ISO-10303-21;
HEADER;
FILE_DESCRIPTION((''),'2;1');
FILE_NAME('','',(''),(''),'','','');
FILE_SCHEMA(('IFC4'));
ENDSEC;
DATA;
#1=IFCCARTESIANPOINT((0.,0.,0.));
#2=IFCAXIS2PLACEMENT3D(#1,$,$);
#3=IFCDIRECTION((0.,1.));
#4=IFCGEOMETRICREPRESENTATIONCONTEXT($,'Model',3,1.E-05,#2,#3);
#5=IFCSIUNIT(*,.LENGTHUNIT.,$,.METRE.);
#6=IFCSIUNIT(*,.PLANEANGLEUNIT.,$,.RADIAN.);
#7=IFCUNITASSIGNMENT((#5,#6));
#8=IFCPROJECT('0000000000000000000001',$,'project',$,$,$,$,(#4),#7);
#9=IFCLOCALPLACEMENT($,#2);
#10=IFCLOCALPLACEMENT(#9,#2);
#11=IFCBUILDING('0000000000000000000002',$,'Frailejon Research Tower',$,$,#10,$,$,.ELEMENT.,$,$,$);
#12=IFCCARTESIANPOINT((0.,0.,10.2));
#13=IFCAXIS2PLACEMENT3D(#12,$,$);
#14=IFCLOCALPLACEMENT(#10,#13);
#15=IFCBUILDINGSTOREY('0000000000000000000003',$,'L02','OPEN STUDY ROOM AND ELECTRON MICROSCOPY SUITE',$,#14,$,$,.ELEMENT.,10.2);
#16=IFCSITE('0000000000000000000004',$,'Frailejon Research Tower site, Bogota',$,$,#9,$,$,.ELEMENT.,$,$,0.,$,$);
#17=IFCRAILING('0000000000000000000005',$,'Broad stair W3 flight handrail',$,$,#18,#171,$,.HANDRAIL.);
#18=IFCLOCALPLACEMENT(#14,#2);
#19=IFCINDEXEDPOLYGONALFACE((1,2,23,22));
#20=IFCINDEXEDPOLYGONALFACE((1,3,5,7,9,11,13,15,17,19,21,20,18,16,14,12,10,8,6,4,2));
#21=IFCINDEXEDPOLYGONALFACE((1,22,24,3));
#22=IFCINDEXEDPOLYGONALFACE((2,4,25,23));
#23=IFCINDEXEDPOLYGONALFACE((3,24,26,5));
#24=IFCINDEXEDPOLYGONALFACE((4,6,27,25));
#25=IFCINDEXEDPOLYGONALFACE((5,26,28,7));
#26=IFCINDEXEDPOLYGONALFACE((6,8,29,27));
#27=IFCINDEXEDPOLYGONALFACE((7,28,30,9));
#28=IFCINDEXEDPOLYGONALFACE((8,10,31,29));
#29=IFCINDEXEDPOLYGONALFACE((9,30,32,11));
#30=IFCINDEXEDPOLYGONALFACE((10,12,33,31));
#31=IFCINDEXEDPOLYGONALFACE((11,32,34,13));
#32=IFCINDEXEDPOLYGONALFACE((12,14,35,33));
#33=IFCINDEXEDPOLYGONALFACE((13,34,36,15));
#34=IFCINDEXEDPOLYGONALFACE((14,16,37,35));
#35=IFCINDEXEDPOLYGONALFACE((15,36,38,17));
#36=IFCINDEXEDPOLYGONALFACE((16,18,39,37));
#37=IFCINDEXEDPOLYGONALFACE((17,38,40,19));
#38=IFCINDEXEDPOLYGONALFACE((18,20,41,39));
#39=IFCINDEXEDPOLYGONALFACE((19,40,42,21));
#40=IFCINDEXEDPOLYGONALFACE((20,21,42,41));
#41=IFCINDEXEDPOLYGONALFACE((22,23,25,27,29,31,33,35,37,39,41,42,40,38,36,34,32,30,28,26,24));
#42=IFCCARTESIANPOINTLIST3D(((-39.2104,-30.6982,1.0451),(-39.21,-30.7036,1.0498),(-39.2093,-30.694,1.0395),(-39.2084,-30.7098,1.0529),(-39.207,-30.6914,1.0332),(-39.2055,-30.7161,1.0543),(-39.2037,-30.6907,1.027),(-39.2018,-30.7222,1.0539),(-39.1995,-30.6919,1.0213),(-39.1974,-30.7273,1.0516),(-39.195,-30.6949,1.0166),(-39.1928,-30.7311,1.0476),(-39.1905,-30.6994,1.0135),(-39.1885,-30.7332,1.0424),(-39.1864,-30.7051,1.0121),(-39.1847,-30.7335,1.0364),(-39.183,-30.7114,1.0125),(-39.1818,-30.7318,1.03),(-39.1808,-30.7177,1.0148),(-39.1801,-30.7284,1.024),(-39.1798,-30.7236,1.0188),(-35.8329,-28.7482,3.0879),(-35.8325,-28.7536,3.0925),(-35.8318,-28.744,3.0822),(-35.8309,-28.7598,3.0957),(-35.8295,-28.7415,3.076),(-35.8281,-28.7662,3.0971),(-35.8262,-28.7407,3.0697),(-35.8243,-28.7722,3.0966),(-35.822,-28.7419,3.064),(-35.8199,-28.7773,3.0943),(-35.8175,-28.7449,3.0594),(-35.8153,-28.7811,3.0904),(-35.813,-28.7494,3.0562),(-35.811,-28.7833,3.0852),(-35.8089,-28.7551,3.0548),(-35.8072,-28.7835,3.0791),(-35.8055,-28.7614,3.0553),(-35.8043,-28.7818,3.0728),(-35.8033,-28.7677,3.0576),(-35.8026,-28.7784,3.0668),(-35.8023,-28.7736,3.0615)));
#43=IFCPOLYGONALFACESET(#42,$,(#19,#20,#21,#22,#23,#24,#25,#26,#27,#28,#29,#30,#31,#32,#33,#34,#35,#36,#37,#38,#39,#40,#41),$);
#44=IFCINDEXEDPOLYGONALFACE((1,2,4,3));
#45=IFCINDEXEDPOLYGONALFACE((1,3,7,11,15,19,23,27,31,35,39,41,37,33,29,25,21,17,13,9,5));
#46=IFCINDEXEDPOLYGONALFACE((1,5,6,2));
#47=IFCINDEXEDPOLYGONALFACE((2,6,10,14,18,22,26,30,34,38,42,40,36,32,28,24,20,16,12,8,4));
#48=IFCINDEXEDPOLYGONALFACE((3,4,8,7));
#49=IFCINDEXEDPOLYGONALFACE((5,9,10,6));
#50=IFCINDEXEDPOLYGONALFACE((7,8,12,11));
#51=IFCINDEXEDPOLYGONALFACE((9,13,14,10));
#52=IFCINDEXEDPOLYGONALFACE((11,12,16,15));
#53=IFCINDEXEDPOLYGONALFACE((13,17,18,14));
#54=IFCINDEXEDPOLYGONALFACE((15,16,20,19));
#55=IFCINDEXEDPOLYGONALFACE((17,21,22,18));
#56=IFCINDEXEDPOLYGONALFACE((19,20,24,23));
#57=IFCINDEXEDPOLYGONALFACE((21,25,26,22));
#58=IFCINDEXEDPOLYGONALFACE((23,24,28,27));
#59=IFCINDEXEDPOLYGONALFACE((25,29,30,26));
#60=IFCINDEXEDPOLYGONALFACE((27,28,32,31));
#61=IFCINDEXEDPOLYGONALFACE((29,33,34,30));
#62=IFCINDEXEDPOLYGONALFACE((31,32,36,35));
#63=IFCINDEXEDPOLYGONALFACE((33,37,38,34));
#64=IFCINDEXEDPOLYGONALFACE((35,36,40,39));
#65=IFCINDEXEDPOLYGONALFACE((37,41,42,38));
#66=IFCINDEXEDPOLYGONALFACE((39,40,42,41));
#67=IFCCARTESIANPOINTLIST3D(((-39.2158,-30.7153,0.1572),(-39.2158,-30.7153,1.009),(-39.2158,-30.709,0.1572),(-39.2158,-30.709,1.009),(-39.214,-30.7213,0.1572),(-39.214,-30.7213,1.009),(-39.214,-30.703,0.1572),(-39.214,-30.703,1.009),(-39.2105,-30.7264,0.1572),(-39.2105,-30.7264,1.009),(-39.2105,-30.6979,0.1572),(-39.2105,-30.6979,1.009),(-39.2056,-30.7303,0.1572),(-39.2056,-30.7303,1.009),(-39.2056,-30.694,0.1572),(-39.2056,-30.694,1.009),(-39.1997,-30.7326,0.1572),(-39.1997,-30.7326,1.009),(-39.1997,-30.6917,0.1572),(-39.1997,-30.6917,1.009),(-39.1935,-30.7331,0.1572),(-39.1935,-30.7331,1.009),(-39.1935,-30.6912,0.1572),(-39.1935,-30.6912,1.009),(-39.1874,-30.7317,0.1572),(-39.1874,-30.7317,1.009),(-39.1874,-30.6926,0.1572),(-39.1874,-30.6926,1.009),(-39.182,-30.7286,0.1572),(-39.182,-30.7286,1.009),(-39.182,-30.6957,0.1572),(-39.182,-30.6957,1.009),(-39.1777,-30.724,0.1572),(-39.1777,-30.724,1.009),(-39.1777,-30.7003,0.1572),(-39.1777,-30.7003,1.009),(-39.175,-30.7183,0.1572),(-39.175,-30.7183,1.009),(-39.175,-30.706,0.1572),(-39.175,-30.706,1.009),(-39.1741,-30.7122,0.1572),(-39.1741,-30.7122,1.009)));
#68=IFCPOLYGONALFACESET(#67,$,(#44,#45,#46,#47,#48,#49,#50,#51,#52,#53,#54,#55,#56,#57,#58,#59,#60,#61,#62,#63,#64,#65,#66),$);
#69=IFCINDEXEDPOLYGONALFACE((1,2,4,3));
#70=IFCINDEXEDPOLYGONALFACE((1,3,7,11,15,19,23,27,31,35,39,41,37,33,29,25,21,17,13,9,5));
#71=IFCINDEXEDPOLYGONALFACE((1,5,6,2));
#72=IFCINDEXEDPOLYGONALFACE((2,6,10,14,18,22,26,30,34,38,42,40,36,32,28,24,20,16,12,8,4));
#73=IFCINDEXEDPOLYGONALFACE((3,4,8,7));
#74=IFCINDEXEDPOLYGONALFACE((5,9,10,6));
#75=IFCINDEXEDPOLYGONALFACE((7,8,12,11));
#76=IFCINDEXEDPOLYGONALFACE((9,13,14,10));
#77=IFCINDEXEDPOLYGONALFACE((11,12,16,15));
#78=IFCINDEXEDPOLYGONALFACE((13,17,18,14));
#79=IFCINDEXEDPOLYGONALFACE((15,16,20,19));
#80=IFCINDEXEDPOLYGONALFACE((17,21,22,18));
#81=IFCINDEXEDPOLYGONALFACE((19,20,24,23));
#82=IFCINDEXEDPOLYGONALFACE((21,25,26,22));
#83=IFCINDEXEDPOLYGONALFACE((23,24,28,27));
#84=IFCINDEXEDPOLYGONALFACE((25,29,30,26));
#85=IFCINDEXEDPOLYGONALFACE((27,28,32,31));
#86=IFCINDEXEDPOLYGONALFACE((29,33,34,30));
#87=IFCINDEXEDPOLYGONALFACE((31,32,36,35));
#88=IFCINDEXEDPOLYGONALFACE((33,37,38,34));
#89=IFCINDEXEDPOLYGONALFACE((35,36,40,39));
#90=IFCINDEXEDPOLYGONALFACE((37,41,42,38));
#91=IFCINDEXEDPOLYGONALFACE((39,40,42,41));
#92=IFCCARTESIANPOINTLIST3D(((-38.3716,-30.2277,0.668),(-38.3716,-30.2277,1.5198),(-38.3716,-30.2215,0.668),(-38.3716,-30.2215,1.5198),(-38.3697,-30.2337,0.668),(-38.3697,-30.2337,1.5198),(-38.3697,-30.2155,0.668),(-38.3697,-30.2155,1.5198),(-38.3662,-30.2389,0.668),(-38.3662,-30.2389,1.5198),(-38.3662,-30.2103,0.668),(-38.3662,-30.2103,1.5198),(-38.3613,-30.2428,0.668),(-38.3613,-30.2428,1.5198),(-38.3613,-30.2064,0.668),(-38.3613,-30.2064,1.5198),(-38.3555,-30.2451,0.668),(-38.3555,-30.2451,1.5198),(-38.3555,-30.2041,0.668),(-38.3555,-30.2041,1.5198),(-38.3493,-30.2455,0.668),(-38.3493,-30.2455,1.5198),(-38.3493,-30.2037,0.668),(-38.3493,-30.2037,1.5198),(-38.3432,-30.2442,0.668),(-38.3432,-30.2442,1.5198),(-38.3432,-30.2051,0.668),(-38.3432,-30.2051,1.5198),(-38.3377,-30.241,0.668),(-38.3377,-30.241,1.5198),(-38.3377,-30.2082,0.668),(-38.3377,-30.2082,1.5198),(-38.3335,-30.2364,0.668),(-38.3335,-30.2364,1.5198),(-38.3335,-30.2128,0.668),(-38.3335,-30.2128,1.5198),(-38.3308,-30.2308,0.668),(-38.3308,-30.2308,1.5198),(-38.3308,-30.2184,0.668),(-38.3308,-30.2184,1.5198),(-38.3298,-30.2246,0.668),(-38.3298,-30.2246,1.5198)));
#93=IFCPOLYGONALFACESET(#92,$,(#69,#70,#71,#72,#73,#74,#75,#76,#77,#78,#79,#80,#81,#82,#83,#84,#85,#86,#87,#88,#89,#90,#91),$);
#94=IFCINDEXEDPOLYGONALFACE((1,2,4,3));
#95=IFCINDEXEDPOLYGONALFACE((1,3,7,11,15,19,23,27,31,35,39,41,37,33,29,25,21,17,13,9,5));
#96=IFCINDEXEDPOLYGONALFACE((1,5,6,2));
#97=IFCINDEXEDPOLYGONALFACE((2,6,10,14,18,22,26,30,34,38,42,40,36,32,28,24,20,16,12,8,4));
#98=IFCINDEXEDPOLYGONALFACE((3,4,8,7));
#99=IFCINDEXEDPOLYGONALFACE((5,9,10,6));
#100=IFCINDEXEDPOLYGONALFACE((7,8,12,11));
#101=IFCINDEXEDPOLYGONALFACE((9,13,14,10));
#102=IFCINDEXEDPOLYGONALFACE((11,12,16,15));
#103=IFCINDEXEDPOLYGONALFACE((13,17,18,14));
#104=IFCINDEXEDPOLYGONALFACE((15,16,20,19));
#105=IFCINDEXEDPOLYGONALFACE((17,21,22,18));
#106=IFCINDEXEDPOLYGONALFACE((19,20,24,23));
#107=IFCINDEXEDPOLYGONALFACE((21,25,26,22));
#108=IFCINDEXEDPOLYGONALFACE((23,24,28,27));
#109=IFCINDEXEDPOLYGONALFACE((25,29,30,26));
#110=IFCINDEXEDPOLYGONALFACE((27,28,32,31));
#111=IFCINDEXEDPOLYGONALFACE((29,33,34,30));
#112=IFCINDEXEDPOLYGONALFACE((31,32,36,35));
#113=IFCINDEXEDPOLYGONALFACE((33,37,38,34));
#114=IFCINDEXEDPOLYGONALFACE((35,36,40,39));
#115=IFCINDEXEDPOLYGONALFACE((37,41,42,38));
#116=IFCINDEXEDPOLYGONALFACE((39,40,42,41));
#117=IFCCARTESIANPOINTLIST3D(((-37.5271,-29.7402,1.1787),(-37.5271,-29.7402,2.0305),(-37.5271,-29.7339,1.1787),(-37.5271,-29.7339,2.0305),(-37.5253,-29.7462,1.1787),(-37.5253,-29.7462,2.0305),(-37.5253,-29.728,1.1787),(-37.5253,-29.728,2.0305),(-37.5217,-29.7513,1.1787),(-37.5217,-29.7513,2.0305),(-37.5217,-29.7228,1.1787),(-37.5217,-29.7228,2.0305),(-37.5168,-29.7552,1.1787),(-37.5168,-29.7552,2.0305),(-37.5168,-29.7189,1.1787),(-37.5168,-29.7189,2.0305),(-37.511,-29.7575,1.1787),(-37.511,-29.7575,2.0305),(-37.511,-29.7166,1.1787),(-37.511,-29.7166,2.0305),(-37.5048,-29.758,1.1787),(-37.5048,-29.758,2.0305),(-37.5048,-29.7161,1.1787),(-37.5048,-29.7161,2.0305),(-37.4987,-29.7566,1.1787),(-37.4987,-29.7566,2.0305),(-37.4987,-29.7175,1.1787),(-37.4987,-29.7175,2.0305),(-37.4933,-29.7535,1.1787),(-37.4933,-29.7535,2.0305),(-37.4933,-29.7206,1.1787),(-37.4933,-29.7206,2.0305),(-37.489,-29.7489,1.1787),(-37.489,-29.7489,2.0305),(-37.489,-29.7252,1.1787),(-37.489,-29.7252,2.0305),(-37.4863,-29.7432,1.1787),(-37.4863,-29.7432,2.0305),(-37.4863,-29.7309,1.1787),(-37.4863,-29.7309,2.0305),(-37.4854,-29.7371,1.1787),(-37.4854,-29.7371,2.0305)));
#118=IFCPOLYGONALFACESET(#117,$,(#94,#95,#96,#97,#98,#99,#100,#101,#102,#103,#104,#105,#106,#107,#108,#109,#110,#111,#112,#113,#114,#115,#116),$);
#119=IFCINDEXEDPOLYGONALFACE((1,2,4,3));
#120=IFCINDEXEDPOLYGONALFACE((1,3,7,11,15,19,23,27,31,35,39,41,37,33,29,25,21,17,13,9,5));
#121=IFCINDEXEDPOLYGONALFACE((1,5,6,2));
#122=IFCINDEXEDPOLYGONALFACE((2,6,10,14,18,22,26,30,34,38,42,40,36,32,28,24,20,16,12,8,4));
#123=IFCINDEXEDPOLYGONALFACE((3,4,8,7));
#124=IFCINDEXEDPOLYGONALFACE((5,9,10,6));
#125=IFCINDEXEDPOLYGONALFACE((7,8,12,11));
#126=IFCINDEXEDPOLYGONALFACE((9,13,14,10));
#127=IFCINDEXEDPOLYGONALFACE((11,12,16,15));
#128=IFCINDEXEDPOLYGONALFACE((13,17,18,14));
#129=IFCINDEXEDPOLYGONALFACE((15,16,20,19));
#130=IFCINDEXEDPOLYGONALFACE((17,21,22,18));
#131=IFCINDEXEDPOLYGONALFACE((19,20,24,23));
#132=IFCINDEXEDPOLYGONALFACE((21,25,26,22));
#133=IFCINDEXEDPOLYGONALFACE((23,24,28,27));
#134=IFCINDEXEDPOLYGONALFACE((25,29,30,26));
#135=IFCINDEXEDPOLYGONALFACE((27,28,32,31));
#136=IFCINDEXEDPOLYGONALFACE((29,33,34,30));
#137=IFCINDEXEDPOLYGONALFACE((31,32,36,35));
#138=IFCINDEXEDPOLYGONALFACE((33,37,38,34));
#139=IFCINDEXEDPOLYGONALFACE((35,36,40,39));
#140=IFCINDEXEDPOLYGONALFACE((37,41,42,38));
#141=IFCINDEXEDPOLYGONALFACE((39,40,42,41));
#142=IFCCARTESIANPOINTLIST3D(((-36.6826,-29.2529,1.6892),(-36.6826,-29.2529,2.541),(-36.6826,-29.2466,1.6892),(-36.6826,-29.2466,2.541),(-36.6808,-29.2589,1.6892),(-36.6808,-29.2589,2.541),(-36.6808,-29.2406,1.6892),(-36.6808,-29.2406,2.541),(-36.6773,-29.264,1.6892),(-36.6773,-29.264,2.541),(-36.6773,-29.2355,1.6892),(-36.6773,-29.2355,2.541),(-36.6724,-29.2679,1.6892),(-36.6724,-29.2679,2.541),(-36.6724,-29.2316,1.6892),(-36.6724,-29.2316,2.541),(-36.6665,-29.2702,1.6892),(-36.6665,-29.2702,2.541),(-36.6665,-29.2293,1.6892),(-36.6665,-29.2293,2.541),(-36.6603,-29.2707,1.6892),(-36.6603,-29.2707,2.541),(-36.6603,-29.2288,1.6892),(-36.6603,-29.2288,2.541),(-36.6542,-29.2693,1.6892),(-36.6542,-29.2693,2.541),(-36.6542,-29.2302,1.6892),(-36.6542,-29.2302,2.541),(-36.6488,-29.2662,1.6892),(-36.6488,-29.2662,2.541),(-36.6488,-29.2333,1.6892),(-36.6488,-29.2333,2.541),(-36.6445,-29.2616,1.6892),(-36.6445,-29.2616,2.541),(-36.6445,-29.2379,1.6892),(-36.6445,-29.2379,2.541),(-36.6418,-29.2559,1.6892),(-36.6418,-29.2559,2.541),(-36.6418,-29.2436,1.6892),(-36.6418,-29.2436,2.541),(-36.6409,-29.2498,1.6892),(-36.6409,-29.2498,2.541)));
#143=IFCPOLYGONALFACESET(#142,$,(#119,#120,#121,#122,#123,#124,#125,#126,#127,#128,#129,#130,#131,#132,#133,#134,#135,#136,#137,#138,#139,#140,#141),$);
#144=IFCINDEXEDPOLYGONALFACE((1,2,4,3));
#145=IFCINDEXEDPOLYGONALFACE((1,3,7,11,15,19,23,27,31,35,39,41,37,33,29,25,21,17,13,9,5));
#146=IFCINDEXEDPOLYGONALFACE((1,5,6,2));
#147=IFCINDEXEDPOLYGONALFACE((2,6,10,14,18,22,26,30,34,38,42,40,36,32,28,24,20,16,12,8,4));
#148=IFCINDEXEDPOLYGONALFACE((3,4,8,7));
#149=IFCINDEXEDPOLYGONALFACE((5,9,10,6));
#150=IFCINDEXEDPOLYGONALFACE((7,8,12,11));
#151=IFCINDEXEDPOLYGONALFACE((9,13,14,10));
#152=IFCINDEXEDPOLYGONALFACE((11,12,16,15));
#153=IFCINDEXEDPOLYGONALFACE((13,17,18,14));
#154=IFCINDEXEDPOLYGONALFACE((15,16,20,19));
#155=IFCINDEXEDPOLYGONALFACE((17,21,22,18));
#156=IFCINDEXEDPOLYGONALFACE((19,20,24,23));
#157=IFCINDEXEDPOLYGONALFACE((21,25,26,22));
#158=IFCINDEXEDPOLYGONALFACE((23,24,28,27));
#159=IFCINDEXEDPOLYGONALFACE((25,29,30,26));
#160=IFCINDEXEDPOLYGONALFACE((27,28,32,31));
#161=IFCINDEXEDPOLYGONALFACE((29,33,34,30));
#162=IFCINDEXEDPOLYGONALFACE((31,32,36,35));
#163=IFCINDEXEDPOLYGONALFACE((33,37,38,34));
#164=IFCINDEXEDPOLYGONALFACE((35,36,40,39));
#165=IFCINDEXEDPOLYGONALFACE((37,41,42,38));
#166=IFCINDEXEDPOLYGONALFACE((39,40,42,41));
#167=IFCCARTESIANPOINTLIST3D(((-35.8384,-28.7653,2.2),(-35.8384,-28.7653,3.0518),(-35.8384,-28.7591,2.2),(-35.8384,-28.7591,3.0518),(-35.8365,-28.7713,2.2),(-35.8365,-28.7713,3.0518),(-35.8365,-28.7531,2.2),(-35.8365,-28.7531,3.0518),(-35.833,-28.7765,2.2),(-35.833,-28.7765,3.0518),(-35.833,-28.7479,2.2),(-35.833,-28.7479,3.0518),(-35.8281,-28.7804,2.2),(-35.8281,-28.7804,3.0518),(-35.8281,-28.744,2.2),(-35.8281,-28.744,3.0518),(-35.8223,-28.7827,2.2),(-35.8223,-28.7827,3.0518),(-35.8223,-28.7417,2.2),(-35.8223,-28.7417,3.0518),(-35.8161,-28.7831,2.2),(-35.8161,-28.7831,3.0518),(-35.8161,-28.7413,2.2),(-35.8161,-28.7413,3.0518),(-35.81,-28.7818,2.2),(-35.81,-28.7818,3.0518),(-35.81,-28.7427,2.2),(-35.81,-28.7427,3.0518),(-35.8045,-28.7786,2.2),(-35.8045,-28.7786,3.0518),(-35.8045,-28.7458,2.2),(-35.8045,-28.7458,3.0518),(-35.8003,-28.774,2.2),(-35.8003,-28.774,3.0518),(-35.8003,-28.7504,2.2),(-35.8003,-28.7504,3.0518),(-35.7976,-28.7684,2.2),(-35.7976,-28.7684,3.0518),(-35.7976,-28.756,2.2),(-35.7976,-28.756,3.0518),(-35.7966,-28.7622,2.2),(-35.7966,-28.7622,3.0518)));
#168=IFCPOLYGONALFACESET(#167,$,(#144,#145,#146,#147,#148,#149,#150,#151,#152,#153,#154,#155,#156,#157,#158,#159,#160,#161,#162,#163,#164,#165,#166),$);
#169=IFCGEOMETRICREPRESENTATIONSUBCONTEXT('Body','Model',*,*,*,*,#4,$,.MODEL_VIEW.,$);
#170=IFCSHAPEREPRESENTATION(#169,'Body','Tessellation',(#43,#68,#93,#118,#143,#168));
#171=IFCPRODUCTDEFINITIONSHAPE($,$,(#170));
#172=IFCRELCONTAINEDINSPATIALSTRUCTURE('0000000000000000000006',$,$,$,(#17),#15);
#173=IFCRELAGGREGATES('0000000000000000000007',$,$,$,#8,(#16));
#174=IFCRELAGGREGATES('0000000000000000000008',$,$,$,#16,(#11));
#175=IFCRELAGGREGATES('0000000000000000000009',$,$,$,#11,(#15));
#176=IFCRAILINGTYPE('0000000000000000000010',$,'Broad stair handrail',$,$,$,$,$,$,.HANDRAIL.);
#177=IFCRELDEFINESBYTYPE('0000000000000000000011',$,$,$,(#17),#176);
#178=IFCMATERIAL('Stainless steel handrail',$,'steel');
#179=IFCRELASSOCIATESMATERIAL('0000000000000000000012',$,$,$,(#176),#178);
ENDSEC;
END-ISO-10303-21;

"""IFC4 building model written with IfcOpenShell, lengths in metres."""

from ifc_helpers import new_model, si_unit, direction, frame, origin, origin_2d, place, context, subcontext, project, spatial, circle, extrude, material, type_object, element, save


model = new_model("IFC4")

# Units and contexts
model_context = context("Model", 3, precision=1e-05, world=origin(), true_north=direction((0.0, 1.0)))
body_context = subcontext(model_context, "Body", "Model", "MODEL_VIEW")
ifc_project = project(units=[si_unit("LENGTHUNIT", "METRE"), si_unit("PLANEANGLEUNIT", "RADIAN")], contexts=[model_context])

# Site, building, storey
site_placement = place(None, origin())
site = spatial("IfcSite", under=ifc_project, at=site_placement, Name="Frailejon Research Tower site, Bogota", CompositionType="ELEMENT", RefElevation=0.0)
building_placement = place(site_placement, origin())
building = spatial("IfcBuilding", under=site, at=building_placement, Name="Frailejon Research Tower", CompositionType="ELEMENT")
storey_placement = place(building_placement, frame((0.0, 0.0, 10.2)))
storey = spatial("IfcBuildingStorey", under=building, at=storey_placement, Name="L02", Description="OPEN STUDY ROOM AND ELECTRON MICROSCOPY SUITE", CompositionType="ELEMENT", Elevation=10.2)

# Railing
ifc_material_1 = material(Name="Stainless steel handrail", Category="steel")
railing_type_1 = type_object("IfcRailingType", Name="Broad stair handrail", PredefinedType="HANDRAIL", material=ifc_material_1)
railing_1_placement = place(storey_placement, frame((-39.1951, -30.7122, 0.1572)))
element("IfcRailing", 1, at=railing_1_placement, inside=storey, type_object=railing_type_1, Name="Broad stair W3 flight handrail", PredefinedType="HANDRAIL", context=body_context, shape_type="SweptSolid", body=[
    extrude(circle(Radius=0.0239, at=origin_2d()), frame((0.0, 0.0, 0.876), z_axis=(0.767162, 0.442917, 0.46399), x_axis=(-0.499997, 0.866027, 0.0)), (0.0, 0.0, 1.0), 4.4026),
    extrude(circle(Radius=0.021, at=origin_2d()), origin(), (0.0, 0.0, 1.0), 0.8518),
    extrude(circle(Radius=0.021, at=origin_2d()), frame((0.8442, 0.4875, 0.5107)), (0.0, 0.0, 1.0), 0.8518),
    extrude(circle(Radius=0.021, at=origin_2d()), frame((1.6887, 0.9751, 1.0215)), (0.0, 0.0, 1.0), 0.8518),
    extrude(circle(Radius=0.021, at=origin_2d()), frame((2.5332, 1.4624, 1.532)), (0.0, 0.0, 1.0), 0.8518),
    extrude(circle(Radius=0.021, at=origin_2d()), frame((3.3774, 1.95, 2.0427)), (0.0, 0.0, 1.0), 0.8518),
])

save(model, "model.ifc")
